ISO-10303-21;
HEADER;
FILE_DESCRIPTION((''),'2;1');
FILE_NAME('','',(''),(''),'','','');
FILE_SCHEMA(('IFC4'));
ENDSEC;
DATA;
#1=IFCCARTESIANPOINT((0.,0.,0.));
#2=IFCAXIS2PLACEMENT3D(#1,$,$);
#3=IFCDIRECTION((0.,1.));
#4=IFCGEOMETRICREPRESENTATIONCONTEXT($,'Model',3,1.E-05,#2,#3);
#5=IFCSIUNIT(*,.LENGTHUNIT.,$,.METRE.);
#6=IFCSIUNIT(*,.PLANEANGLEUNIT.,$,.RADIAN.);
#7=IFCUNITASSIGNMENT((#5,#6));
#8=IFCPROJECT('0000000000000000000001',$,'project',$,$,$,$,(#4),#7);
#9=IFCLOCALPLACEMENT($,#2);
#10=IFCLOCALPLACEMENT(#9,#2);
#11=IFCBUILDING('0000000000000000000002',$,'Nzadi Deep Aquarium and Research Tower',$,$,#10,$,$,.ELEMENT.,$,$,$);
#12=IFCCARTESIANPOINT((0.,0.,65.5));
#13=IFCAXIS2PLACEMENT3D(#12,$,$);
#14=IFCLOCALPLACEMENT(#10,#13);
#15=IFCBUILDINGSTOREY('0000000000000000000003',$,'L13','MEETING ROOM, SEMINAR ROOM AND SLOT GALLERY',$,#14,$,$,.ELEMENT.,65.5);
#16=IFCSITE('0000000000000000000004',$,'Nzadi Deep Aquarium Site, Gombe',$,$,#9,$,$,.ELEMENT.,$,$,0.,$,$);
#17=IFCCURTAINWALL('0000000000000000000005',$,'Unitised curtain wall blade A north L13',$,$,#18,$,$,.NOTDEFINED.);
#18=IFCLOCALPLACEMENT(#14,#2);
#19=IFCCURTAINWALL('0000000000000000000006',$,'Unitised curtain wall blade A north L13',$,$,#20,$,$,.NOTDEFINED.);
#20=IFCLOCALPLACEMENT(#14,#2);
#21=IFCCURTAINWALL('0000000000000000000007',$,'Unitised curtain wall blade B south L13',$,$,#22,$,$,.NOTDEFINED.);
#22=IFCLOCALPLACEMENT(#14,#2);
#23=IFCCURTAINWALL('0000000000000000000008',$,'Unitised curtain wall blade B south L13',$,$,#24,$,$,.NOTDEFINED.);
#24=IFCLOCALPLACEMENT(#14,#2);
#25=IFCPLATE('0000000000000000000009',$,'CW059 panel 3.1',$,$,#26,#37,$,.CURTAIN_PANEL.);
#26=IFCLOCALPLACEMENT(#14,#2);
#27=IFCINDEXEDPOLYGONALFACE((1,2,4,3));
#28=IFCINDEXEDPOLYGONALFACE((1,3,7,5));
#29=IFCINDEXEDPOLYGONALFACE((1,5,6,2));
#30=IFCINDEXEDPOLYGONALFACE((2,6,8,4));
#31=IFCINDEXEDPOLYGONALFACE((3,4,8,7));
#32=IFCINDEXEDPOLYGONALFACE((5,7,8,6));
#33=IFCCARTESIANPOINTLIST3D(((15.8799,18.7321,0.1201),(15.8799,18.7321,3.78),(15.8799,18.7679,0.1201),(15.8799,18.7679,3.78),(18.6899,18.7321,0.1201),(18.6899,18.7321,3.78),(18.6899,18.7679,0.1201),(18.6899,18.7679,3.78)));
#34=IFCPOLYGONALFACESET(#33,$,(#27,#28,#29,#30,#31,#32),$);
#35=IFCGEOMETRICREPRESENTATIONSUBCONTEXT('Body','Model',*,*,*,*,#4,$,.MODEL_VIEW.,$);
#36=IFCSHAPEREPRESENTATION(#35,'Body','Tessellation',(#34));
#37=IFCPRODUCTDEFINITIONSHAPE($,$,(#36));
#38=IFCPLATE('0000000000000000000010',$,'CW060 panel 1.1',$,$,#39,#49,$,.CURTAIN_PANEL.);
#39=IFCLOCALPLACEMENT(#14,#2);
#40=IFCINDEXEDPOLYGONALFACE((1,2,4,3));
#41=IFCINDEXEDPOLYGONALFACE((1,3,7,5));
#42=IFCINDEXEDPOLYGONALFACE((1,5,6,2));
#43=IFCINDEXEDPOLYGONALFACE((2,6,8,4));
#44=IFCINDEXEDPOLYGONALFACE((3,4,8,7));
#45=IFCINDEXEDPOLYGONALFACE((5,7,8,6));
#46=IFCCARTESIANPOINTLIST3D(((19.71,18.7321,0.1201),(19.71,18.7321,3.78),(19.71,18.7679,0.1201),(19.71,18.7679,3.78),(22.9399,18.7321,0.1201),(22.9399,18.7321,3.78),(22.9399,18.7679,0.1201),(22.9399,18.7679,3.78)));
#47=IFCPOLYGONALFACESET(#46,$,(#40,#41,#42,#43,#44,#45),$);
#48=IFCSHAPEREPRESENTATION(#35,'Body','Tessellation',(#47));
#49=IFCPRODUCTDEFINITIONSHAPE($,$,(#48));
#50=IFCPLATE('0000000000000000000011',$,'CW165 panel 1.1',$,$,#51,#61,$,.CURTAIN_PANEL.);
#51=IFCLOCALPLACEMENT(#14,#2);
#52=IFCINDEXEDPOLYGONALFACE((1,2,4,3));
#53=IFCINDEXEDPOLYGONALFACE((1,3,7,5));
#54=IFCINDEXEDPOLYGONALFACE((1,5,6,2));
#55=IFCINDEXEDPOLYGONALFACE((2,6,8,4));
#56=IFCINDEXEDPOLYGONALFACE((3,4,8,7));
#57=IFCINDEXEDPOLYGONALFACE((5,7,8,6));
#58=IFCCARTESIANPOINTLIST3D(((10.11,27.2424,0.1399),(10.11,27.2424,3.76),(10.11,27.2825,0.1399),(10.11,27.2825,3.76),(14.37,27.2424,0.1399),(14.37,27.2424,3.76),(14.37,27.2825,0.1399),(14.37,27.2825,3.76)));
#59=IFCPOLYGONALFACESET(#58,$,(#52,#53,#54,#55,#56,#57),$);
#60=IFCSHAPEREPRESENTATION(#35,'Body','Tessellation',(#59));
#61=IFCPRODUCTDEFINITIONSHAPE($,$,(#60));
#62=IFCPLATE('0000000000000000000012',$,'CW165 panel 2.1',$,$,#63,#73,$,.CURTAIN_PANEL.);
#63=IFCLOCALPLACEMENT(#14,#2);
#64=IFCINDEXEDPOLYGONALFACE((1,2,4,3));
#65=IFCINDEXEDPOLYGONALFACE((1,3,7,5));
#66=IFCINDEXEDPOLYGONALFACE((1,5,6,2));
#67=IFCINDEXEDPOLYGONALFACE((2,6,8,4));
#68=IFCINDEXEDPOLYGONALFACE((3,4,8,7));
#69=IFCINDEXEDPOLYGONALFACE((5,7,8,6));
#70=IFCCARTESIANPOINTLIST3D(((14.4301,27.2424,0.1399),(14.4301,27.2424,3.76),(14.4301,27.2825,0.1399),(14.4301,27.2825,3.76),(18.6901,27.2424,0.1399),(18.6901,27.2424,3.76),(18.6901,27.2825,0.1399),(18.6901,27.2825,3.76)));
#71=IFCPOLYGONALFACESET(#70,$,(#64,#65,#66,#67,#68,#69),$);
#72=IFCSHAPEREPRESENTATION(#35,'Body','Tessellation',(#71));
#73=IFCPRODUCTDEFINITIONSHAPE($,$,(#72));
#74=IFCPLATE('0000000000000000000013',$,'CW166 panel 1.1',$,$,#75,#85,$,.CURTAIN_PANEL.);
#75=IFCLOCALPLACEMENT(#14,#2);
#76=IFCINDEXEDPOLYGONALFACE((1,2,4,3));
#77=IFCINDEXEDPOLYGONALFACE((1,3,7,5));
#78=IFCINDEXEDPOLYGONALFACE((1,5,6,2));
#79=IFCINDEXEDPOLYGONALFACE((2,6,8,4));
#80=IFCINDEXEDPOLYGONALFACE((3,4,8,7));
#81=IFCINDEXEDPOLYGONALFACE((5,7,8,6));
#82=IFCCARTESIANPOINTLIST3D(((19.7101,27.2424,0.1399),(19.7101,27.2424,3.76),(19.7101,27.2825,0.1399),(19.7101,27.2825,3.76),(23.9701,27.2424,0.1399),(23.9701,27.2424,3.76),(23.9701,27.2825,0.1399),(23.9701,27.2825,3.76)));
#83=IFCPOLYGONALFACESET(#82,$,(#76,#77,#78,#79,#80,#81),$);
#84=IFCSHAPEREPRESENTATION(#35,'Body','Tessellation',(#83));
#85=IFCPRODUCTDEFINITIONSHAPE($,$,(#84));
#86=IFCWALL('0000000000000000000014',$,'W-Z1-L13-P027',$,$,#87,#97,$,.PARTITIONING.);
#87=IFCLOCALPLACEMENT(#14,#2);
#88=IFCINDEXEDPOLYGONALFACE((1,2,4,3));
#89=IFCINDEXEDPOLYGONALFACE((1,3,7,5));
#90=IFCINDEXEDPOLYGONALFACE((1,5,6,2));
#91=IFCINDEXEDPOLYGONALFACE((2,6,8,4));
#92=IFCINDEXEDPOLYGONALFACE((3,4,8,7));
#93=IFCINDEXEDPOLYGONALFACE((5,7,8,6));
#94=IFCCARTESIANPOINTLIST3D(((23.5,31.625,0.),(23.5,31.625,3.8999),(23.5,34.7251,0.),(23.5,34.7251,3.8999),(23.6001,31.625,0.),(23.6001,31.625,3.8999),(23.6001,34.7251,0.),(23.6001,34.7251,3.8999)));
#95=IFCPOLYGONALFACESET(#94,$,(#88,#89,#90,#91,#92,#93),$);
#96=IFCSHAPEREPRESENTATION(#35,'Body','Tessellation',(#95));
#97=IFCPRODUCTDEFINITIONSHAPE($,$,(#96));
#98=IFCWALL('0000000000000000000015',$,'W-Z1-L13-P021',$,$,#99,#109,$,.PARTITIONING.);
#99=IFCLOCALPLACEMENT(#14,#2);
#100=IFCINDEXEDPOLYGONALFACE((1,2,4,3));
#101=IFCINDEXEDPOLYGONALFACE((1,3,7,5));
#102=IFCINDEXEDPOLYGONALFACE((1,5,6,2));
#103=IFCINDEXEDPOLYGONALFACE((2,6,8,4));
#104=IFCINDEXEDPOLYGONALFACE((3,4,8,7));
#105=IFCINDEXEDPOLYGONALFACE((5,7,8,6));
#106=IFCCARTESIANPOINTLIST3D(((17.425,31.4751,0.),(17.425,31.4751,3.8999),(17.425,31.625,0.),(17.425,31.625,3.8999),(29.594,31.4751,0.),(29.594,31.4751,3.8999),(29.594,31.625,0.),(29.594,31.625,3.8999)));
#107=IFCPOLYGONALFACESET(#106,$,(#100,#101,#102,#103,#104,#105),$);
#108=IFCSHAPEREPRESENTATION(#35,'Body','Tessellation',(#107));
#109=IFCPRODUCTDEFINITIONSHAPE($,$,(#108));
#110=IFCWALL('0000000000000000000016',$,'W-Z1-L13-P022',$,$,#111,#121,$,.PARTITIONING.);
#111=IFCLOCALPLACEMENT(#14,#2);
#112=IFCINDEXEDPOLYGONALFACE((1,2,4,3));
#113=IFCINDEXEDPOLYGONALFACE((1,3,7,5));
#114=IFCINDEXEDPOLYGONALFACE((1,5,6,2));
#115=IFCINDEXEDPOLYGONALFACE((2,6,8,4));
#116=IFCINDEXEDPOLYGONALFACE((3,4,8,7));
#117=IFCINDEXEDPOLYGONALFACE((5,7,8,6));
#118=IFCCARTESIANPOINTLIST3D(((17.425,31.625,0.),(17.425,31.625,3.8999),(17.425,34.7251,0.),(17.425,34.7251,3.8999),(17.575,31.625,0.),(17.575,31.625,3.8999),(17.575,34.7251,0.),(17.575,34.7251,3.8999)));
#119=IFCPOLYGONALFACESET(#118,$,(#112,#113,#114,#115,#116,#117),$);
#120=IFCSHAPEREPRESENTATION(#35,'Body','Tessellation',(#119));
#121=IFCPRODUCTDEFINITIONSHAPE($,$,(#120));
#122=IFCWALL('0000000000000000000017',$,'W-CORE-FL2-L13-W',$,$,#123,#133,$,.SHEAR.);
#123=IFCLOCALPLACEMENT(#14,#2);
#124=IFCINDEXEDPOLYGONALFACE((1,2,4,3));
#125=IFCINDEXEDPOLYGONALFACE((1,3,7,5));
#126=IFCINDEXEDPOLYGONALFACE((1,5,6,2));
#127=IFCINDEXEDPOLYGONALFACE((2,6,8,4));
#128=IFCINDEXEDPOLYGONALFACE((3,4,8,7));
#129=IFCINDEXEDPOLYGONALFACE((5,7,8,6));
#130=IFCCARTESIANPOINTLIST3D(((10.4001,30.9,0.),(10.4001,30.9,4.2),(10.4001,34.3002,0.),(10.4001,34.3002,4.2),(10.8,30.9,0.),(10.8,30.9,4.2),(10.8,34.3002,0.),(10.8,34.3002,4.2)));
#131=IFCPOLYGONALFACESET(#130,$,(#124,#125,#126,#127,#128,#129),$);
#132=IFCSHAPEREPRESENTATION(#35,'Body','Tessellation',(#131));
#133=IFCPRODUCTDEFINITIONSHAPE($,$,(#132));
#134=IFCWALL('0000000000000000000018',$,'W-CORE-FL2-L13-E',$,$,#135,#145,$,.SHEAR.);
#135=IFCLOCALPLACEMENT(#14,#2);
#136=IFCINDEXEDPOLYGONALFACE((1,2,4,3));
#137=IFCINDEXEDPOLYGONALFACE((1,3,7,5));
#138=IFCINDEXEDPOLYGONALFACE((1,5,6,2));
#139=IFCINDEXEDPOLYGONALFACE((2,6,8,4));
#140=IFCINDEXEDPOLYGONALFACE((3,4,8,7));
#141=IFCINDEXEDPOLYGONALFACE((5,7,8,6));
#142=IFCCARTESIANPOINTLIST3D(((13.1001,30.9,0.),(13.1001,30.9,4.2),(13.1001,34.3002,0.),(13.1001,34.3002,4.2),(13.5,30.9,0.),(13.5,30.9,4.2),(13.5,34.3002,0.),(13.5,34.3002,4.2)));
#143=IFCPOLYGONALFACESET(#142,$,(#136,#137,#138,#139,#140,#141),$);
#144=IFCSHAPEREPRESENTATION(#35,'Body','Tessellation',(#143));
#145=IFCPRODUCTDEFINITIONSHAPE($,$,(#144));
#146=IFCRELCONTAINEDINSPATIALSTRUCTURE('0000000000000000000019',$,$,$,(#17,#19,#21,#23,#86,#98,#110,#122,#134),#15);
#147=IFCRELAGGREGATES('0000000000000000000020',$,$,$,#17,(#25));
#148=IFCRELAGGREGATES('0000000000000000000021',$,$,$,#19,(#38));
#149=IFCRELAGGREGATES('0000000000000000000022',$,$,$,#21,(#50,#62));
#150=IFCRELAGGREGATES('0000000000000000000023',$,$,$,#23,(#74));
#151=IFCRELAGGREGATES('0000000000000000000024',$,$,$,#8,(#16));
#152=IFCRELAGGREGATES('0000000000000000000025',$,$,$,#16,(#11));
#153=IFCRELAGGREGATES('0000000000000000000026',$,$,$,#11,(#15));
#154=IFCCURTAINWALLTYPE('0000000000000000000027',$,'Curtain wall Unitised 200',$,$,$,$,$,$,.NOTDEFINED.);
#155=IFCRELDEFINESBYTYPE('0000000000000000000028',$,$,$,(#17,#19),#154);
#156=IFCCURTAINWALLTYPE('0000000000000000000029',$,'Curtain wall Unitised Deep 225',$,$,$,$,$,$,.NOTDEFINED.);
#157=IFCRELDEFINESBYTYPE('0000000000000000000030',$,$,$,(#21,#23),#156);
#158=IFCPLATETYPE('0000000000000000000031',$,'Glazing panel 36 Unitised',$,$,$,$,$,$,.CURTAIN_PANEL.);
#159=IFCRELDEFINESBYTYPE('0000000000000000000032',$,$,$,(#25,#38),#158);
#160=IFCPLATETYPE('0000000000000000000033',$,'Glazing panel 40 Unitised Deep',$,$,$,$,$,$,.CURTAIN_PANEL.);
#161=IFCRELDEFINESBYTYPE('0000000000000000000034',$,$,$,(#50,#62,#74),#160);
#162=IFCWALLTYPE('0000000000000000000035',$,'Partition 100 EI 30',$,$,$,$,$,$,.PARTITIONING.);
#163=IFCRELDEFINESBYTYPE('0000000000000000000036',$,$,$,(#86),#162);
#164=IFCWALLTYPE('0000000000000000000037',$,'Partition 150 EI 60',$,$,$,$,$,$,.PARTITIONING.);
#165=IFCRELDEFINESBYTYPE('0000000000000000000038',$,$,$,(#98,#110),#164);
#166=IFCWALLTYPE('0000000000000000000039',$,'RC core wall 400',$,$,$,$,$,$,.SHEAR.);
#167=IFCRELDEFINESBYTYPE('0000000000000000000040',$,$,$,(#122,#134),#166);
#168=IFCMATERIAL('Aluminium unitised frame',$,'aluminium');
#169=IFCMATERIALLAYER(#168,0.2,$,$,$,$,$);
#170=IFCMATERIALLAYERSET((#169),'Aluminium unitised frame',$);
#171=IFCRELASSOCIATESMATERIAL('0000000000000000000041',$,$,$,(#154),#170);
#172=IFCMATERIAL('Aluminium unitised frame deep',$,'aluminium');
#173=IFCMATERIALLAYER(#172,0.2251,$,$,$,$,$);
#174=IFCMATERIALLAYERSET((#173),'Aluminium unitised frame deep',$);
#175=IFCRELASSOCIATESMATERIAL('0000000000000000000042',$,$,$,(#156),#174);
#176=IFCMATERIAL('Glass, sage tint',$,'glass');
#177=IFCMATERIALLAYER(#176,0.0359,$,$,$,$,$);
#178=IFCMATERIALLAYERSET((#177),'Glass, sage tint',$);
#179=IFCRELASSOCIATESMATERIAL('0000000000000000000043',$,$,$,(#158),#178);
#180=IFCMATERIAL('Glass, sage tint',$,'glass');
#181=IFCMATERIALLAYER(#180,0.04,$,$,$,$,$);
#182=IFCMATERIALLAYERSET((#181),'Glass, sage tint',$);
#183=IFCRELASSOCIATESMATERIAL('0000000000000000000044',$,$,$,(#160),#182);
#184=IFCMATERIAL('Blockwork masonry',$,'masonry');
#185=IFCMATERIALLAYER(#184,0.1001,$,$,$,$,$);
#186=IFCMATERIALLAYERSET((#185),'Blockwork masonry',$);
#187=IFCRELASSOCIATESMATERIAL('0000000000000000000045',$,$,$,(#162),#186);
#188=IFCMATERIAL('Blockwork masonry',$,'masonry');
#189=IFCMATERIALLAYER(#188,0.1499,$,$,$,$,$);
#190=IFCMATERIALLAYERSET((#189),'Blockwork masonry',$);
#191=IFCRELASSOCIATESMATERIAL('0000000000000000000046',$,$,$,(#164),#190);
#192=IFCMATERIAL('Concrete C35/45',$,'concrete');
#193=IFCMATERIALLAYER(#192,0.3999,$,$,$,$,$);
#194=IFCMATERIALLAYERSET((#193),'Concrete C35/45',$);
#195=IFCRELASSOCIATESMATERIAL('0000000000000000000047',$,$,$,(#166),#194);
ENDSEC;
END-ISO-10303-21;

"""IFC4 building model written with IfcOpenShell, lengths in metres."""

from ifc_helpers import new_model, si_unit, direction, frame, frame_2d, origin, origin_2d, place, context, subcontext, project, spatial, rectangle, extrude, material, layer, layer_set, type_object, element, aggregate, save


model = new_model("IFC4")

# Units and contexts
model_context = context("Model", 3, precision=1e-05, world=origin(), true_north=direction((0.0, 1.0)))
body_context = subcontext(model_context, "Body", "Model", "MODEL_VIEW")
ifc_project = project(units=[si_unit("LENGTHUNIT", "METRE"), si_unit("PLANEANGLEUNIT", "RADIAN")], contexts=[model_context])

# Site, building, storey
site_placement = place(None, origin())
site = spatial("IfcSite", under=ifc_project, at=site_placement, Name="Nzadi Deep Aquarium Site, Gombe", CompositionType="ELEMENT", RefElevation=0.0)
building_placement = place(site_placement, origin())
building = spatial("IfcBuilding", under=site, at=building_placement, Name="Nzadi Deep Aquarium and Research Tower", CompositionType="ELEMENT")
storey_placement = place(building_placement, frame((0.0, 0.0, 65.5)))
storey = spatial("IfcBuildingStorey", under=building, at=storey_placement, Name="L13", Description="MEETING ROOM, SEMINAR ROOM AND SLOT GALLERY", CompositionType="ELEMENT", Elevation=65.5)

# Curtain walls
ifc_material_1 = material(Name="Aluminium unitised frame", Category="aluminium")
ifc_layer_1 = layer(ifc_material_1, 0.2)
ifc_layer_set_1 = layer_set([ifc_layer_1], Name="Aluminium unitised frame")
curtain_wall_type_1 = type_object("IfcCurtainWallType", Name="Curtain wall Unitised 200", PredefinedType="NOTDEFINED", material=ifc_layer_set_1)
curtain_wall_1_placement = place(storey_placement, origin())
curtain_wall_1 = element("IfcCurtainWall", 1, at=curtain_wall_1_placement, inside=storey, type_object=curtain_wall_type_1, Name="Unitised curtain wall blade A north L13", PredefinedType="NOTDEFINED")
curtain_wall_2_placement = place(storey_placement, origin())
curtain_wall_2 = element("IfcCurtainWall", 2, at=curtain_wall_2_placement, inside=storey, type_object=curtain_wall_type_1, Name="Unitised curtain wall blade A north L13", PredefinedType="NOTDEFINED")
ifc_material_2 = material(Name="Aluminium unitised frame deep", Category="aluminium")
ifc_layer_2 = layer(ifc_material_2, 0.2251)
ifc_layer_set_2 = layer_set([ifc_layer_2], Name="Aluminium unitised frame deep")
curtain_wall_type_2 = type_object("IfcCurtainWallType", Name="Curtain wall Unitised Deep 225", PredefinedType="NOTDEFINED", material=ifc_layer_set_2)
curtain_wall_3_placement = place(storey_placement, origin())
curtain_wall_3 = element("IfcCurtainWall", 3, at=curtain_wall_3_placement, inside=storey, type_object=curtain_wall_type_2, Name="Unitised curtain wall blade B south L13", PredefinedType="NOTDEFINED")

# Curtain wall
curtain_wall_4_placement = place(storey_placement, origin())
curtain_wall_4 = element("IfcCurtainWall", 4, at=curtain_wall_4_placement, inside=storey, type_object=curtain_wall_type_2, Name="Unitised curtain wall blade B south L13", PredefinedType="NOTDEFINED")

# Plates
ifc_material_3 = material(Name="Glass, sage tint", Category="glass")
ifc_layer_3 = layer(ifc_material_3, 0.0359)
ifc_layer_set_3 = layer_set([ifc_layer_3], Name="Glass, sage tint")
plate_type_1 = type_object("IfcPlateType", Name="Glazing panel 36 Unitised", PredefinedType="CURTAIN_PANEL", material=ifc_layer_set_3)
plate_1_placement = place(storey_placement, frame((17.2849, 18.75, 0.1201), z_axis=(0.0, 0.0, 1.0), x_axis=(1.0, 0.0, 0.0)))
plate_1 = element("IfcPlate", 5, at=plate_1_placement, type_object=plate_type_1, Name="CW059 panel 3.1", PredefinedType="CURTAIN_PANEL", context=body_context, shape_type="SweptSolid", body=[
    extrude(rectangle(XDim=2.8101, YDim=0.0359, at=origin_2d()), origin(), (0.0, 0.0, 1.0), 3.6599),
])
aggregate(curtain_wall_1, [plate_1])
plate_2_placement = place(storey_placement, frame((21.325, 18.75, 0.1201), z_axis=(0.0, 0.0, 1.0), x_axis=(1.0, 0.0, 0.0)))
plate_2 = element("IfcPlate", 6, at=plate_2_placement, type_object=plate_type_1, Name="CW060 panel 1.1", PredefinedType="CURTAIN_PANEL", context=body_context, shape_type="SweptSolid", body=[
    extrude(rectangle(XDim=3.23, YDim=0.0359, at=origin_2d()), origin(), (0.0, 0.0, 1.0), 3.6599),
])
aggregate(curtain_wall_2, [plate_2])
ifc_material_4 = material(Name="Glass, sage tint", Category="glass")
ifc_layer_4 = layer(ifc_material_4, 0.04)
ifc_layer_set_4 = layer_set([ifc_layer_4], Name="Glass, sage tint")
plate_type_2 = type_object("IfcPlateType", Name="Glazing panel 40 Unitised Deep", PredefinedType="CURTAIN_PANEL", material=ifc_layer_set_4)
plate_3_placement = place(storey_placement, frame((12.24, 27.2625, 0.1399), z_axis=(0.0, 0.0, 1.0), x_axis=(1.0, 0.0, 0.0)))
plate_3 = element("IfcPlate", 7, at=plate_3_placement, type_object=plate_type_2, Name="CW165 panel 1.1", PredefinedType="CURTAIN_PANEL", context=body_context, shape_type="SweptSolid", body=[
    extrude(rectangle(XDim=4.26, YDim=0.04, at=origin_2d()), origin(), (0.0, 0.0, 1.0), 3.6201),
])
plate_4_placement = place(storey_placement, frame((16.5601, 27.2625, 0.1399), z_axis=(0.0, 0.0, 1.0), x_axis=(1.0, 0.0, 0.0)))
plate_4 = element("IfcPlate", 8, at=plate_4_placement, type_object=plate_type_2, Name="CW165 panel 2.1", PredefinedType="CURTAIN_PANEL", context=body_context, shape_type="SweptSolid", body=[
    extrude(rectangle(XDim=4.26, YDim=0.04, at=origin_2d()), origin(), (0.0, 0.0, 1.0), 3.6201),
])
aggregate(curtain_wall_3, [plate_3, plate_4])
plate_5_placement = place(storey_placement, frame((21.8401, 27.2625, 0.1399), z_axis=(0.0, 0.0, 1.0), x_axis=(1.0, 0.0, 0.0)))
plate_5 = element("IfcPlate", 9, at=plate_5_placement, type_object=plate_type_2, Name="CW166 panel 1.1", PredefinedType="CURTAIN_PANEL", context=body_context, shape_type="SweptSolid", body=[
    extrude(rectangle(XDim=4.26, YDim=0.04, at=origin_2d()), origin(), (0.0, 0.0, 1.0), 3.6201),
])
aggregate(curtain_wall_4, [plate_5])

# Walls
ifc_material_5 = material(Name="Blockwork masonry", Category="masonry")
ifc_layer_5 = layer(ifc_material_5, 0.1001)
ifc_layer_set_5 = layer_set([ifc_layer_5], Name="Blockwork masonry")
wall_type_1 = type_object("IfcWallType", Name="Partition 100 EI 30", PredefinedType="PARTITIONING", material=ifc_layer_set_5)
wall_1_placement = place(storey_placement, frame((23.55, 31.625, 0.0), z_axis=(0.0, 0.0, 1.0), x_axis=(0.0, 1.0, 0.0)))
element("IfcWall", 10, at=wall_1_placement, inside=storey, type_object=wall_type_1, Name="W-Z1-L13-P027", PredefinedType="PARTITIONING", context=body_context, shape_type="SweptSolid", body=[
    extrude(rectangle(XDim=3.1001, YDim=0.1001, at=frame_2d((1.55, 0.0))), origin(), (0.0, 0.0, 1.0), 3.8999),
])
ifc_material_6 = material(Name="Blockwork masonry", Category="masonry")
ifc_layer_6 = layer(ifc_material_6, 0.1499)
ifc_layer_set_6 = layer_set([ifc_layer_6], Name="Blockwork masonry")
wall_type_2 = type_object("IfcWallType", Name="Partition 150 EI 60", PredefinedType="PARTITIONING", material=ifc_layer_set_6)
wall_2_placement = place(storey_placement, frame((17.425, 31.55, 0.0), z_axis=(0.0, 0.0, 1.0), x_axis=(1.0, 0.0, 0.0)))
element("IfcWall", 11, at=wall_2_placement, inside=storey, type_object=wall_type_2, Name="W-Z1-L13-P021", PredefinedType="PARTITIONING", context=body_context, shape_type="SweptSolid", body=[
    extrude(rectangle(XDim=12.1689, YDim=0.1499, at=frame_2d((6.0845, 0.0))), origin(), (0.0, 0.0, 1.0), 3.8999),
])
wall_3_placement = place(storey_placement, frame((17.5, 31.625, 0.0), z_axis=(0.0, 0.0, 1.0), x_axis=(0.0, 1.0, 0.0)))
element("IfcWall", 12, at=wall_3_placement, inside=storey, type_object=wall_type_2, Name="W-Z1-L13-P022", PredefinedType="PARTITIONING", context=body_context, shape_type="SweptSolid", body=[
    extrude(rectangle(XDim=3.1001, YDim=0.1499, at=frame_2d((1.55, 0.0))), origin(), (0.0, 0.0, 1.0), 3.8999),
])
ifc_material_7 = material(Name="Concrete C35/45", Category="concrete")
ifc_layer_7 = layer(ifc_material_7, 0.3999)
ifc_layer_set_7 = layer_set([ifc_layer_7], Name="Concrete C35/45")
wall_type_3 = type_object("IfcWallType", Name="RC core wall 400", PredefinedType="SHEAR", material=ifc_layer_set_7)
for number, where, z_axis, x_axis, name in (
    (13, (10.6001, 30.8999, 0.0), (0.0, 0.0, 1.0), (0.0, 1.0, 0.0), "W-CORE-FL2-L13-W"),
    (14, (13.3, 30.8999, 0.0), (0.0, 0.0, 1.0), (0.0, 1.0, 0.0), "W-CORE-FL2-L13-E"),
):
    element("IfcWall", number, at=place(storey_placement, frame(where, z_axis=z_axis, x_axis=x_axis)), inside=storey, type_object=wall_type_3, Name=name, PredefinedType="SHEAR", context=body_context, shape_type="SweptSolid", body=[
        extrude(rectangle(XDim=3.4001, YDim=0.3999, at=frame_2d((1.7002, 0.0))), origin(), (0.0, 0.0, 1.0), 4.2),
    ])

save(model, "model.ifc")
